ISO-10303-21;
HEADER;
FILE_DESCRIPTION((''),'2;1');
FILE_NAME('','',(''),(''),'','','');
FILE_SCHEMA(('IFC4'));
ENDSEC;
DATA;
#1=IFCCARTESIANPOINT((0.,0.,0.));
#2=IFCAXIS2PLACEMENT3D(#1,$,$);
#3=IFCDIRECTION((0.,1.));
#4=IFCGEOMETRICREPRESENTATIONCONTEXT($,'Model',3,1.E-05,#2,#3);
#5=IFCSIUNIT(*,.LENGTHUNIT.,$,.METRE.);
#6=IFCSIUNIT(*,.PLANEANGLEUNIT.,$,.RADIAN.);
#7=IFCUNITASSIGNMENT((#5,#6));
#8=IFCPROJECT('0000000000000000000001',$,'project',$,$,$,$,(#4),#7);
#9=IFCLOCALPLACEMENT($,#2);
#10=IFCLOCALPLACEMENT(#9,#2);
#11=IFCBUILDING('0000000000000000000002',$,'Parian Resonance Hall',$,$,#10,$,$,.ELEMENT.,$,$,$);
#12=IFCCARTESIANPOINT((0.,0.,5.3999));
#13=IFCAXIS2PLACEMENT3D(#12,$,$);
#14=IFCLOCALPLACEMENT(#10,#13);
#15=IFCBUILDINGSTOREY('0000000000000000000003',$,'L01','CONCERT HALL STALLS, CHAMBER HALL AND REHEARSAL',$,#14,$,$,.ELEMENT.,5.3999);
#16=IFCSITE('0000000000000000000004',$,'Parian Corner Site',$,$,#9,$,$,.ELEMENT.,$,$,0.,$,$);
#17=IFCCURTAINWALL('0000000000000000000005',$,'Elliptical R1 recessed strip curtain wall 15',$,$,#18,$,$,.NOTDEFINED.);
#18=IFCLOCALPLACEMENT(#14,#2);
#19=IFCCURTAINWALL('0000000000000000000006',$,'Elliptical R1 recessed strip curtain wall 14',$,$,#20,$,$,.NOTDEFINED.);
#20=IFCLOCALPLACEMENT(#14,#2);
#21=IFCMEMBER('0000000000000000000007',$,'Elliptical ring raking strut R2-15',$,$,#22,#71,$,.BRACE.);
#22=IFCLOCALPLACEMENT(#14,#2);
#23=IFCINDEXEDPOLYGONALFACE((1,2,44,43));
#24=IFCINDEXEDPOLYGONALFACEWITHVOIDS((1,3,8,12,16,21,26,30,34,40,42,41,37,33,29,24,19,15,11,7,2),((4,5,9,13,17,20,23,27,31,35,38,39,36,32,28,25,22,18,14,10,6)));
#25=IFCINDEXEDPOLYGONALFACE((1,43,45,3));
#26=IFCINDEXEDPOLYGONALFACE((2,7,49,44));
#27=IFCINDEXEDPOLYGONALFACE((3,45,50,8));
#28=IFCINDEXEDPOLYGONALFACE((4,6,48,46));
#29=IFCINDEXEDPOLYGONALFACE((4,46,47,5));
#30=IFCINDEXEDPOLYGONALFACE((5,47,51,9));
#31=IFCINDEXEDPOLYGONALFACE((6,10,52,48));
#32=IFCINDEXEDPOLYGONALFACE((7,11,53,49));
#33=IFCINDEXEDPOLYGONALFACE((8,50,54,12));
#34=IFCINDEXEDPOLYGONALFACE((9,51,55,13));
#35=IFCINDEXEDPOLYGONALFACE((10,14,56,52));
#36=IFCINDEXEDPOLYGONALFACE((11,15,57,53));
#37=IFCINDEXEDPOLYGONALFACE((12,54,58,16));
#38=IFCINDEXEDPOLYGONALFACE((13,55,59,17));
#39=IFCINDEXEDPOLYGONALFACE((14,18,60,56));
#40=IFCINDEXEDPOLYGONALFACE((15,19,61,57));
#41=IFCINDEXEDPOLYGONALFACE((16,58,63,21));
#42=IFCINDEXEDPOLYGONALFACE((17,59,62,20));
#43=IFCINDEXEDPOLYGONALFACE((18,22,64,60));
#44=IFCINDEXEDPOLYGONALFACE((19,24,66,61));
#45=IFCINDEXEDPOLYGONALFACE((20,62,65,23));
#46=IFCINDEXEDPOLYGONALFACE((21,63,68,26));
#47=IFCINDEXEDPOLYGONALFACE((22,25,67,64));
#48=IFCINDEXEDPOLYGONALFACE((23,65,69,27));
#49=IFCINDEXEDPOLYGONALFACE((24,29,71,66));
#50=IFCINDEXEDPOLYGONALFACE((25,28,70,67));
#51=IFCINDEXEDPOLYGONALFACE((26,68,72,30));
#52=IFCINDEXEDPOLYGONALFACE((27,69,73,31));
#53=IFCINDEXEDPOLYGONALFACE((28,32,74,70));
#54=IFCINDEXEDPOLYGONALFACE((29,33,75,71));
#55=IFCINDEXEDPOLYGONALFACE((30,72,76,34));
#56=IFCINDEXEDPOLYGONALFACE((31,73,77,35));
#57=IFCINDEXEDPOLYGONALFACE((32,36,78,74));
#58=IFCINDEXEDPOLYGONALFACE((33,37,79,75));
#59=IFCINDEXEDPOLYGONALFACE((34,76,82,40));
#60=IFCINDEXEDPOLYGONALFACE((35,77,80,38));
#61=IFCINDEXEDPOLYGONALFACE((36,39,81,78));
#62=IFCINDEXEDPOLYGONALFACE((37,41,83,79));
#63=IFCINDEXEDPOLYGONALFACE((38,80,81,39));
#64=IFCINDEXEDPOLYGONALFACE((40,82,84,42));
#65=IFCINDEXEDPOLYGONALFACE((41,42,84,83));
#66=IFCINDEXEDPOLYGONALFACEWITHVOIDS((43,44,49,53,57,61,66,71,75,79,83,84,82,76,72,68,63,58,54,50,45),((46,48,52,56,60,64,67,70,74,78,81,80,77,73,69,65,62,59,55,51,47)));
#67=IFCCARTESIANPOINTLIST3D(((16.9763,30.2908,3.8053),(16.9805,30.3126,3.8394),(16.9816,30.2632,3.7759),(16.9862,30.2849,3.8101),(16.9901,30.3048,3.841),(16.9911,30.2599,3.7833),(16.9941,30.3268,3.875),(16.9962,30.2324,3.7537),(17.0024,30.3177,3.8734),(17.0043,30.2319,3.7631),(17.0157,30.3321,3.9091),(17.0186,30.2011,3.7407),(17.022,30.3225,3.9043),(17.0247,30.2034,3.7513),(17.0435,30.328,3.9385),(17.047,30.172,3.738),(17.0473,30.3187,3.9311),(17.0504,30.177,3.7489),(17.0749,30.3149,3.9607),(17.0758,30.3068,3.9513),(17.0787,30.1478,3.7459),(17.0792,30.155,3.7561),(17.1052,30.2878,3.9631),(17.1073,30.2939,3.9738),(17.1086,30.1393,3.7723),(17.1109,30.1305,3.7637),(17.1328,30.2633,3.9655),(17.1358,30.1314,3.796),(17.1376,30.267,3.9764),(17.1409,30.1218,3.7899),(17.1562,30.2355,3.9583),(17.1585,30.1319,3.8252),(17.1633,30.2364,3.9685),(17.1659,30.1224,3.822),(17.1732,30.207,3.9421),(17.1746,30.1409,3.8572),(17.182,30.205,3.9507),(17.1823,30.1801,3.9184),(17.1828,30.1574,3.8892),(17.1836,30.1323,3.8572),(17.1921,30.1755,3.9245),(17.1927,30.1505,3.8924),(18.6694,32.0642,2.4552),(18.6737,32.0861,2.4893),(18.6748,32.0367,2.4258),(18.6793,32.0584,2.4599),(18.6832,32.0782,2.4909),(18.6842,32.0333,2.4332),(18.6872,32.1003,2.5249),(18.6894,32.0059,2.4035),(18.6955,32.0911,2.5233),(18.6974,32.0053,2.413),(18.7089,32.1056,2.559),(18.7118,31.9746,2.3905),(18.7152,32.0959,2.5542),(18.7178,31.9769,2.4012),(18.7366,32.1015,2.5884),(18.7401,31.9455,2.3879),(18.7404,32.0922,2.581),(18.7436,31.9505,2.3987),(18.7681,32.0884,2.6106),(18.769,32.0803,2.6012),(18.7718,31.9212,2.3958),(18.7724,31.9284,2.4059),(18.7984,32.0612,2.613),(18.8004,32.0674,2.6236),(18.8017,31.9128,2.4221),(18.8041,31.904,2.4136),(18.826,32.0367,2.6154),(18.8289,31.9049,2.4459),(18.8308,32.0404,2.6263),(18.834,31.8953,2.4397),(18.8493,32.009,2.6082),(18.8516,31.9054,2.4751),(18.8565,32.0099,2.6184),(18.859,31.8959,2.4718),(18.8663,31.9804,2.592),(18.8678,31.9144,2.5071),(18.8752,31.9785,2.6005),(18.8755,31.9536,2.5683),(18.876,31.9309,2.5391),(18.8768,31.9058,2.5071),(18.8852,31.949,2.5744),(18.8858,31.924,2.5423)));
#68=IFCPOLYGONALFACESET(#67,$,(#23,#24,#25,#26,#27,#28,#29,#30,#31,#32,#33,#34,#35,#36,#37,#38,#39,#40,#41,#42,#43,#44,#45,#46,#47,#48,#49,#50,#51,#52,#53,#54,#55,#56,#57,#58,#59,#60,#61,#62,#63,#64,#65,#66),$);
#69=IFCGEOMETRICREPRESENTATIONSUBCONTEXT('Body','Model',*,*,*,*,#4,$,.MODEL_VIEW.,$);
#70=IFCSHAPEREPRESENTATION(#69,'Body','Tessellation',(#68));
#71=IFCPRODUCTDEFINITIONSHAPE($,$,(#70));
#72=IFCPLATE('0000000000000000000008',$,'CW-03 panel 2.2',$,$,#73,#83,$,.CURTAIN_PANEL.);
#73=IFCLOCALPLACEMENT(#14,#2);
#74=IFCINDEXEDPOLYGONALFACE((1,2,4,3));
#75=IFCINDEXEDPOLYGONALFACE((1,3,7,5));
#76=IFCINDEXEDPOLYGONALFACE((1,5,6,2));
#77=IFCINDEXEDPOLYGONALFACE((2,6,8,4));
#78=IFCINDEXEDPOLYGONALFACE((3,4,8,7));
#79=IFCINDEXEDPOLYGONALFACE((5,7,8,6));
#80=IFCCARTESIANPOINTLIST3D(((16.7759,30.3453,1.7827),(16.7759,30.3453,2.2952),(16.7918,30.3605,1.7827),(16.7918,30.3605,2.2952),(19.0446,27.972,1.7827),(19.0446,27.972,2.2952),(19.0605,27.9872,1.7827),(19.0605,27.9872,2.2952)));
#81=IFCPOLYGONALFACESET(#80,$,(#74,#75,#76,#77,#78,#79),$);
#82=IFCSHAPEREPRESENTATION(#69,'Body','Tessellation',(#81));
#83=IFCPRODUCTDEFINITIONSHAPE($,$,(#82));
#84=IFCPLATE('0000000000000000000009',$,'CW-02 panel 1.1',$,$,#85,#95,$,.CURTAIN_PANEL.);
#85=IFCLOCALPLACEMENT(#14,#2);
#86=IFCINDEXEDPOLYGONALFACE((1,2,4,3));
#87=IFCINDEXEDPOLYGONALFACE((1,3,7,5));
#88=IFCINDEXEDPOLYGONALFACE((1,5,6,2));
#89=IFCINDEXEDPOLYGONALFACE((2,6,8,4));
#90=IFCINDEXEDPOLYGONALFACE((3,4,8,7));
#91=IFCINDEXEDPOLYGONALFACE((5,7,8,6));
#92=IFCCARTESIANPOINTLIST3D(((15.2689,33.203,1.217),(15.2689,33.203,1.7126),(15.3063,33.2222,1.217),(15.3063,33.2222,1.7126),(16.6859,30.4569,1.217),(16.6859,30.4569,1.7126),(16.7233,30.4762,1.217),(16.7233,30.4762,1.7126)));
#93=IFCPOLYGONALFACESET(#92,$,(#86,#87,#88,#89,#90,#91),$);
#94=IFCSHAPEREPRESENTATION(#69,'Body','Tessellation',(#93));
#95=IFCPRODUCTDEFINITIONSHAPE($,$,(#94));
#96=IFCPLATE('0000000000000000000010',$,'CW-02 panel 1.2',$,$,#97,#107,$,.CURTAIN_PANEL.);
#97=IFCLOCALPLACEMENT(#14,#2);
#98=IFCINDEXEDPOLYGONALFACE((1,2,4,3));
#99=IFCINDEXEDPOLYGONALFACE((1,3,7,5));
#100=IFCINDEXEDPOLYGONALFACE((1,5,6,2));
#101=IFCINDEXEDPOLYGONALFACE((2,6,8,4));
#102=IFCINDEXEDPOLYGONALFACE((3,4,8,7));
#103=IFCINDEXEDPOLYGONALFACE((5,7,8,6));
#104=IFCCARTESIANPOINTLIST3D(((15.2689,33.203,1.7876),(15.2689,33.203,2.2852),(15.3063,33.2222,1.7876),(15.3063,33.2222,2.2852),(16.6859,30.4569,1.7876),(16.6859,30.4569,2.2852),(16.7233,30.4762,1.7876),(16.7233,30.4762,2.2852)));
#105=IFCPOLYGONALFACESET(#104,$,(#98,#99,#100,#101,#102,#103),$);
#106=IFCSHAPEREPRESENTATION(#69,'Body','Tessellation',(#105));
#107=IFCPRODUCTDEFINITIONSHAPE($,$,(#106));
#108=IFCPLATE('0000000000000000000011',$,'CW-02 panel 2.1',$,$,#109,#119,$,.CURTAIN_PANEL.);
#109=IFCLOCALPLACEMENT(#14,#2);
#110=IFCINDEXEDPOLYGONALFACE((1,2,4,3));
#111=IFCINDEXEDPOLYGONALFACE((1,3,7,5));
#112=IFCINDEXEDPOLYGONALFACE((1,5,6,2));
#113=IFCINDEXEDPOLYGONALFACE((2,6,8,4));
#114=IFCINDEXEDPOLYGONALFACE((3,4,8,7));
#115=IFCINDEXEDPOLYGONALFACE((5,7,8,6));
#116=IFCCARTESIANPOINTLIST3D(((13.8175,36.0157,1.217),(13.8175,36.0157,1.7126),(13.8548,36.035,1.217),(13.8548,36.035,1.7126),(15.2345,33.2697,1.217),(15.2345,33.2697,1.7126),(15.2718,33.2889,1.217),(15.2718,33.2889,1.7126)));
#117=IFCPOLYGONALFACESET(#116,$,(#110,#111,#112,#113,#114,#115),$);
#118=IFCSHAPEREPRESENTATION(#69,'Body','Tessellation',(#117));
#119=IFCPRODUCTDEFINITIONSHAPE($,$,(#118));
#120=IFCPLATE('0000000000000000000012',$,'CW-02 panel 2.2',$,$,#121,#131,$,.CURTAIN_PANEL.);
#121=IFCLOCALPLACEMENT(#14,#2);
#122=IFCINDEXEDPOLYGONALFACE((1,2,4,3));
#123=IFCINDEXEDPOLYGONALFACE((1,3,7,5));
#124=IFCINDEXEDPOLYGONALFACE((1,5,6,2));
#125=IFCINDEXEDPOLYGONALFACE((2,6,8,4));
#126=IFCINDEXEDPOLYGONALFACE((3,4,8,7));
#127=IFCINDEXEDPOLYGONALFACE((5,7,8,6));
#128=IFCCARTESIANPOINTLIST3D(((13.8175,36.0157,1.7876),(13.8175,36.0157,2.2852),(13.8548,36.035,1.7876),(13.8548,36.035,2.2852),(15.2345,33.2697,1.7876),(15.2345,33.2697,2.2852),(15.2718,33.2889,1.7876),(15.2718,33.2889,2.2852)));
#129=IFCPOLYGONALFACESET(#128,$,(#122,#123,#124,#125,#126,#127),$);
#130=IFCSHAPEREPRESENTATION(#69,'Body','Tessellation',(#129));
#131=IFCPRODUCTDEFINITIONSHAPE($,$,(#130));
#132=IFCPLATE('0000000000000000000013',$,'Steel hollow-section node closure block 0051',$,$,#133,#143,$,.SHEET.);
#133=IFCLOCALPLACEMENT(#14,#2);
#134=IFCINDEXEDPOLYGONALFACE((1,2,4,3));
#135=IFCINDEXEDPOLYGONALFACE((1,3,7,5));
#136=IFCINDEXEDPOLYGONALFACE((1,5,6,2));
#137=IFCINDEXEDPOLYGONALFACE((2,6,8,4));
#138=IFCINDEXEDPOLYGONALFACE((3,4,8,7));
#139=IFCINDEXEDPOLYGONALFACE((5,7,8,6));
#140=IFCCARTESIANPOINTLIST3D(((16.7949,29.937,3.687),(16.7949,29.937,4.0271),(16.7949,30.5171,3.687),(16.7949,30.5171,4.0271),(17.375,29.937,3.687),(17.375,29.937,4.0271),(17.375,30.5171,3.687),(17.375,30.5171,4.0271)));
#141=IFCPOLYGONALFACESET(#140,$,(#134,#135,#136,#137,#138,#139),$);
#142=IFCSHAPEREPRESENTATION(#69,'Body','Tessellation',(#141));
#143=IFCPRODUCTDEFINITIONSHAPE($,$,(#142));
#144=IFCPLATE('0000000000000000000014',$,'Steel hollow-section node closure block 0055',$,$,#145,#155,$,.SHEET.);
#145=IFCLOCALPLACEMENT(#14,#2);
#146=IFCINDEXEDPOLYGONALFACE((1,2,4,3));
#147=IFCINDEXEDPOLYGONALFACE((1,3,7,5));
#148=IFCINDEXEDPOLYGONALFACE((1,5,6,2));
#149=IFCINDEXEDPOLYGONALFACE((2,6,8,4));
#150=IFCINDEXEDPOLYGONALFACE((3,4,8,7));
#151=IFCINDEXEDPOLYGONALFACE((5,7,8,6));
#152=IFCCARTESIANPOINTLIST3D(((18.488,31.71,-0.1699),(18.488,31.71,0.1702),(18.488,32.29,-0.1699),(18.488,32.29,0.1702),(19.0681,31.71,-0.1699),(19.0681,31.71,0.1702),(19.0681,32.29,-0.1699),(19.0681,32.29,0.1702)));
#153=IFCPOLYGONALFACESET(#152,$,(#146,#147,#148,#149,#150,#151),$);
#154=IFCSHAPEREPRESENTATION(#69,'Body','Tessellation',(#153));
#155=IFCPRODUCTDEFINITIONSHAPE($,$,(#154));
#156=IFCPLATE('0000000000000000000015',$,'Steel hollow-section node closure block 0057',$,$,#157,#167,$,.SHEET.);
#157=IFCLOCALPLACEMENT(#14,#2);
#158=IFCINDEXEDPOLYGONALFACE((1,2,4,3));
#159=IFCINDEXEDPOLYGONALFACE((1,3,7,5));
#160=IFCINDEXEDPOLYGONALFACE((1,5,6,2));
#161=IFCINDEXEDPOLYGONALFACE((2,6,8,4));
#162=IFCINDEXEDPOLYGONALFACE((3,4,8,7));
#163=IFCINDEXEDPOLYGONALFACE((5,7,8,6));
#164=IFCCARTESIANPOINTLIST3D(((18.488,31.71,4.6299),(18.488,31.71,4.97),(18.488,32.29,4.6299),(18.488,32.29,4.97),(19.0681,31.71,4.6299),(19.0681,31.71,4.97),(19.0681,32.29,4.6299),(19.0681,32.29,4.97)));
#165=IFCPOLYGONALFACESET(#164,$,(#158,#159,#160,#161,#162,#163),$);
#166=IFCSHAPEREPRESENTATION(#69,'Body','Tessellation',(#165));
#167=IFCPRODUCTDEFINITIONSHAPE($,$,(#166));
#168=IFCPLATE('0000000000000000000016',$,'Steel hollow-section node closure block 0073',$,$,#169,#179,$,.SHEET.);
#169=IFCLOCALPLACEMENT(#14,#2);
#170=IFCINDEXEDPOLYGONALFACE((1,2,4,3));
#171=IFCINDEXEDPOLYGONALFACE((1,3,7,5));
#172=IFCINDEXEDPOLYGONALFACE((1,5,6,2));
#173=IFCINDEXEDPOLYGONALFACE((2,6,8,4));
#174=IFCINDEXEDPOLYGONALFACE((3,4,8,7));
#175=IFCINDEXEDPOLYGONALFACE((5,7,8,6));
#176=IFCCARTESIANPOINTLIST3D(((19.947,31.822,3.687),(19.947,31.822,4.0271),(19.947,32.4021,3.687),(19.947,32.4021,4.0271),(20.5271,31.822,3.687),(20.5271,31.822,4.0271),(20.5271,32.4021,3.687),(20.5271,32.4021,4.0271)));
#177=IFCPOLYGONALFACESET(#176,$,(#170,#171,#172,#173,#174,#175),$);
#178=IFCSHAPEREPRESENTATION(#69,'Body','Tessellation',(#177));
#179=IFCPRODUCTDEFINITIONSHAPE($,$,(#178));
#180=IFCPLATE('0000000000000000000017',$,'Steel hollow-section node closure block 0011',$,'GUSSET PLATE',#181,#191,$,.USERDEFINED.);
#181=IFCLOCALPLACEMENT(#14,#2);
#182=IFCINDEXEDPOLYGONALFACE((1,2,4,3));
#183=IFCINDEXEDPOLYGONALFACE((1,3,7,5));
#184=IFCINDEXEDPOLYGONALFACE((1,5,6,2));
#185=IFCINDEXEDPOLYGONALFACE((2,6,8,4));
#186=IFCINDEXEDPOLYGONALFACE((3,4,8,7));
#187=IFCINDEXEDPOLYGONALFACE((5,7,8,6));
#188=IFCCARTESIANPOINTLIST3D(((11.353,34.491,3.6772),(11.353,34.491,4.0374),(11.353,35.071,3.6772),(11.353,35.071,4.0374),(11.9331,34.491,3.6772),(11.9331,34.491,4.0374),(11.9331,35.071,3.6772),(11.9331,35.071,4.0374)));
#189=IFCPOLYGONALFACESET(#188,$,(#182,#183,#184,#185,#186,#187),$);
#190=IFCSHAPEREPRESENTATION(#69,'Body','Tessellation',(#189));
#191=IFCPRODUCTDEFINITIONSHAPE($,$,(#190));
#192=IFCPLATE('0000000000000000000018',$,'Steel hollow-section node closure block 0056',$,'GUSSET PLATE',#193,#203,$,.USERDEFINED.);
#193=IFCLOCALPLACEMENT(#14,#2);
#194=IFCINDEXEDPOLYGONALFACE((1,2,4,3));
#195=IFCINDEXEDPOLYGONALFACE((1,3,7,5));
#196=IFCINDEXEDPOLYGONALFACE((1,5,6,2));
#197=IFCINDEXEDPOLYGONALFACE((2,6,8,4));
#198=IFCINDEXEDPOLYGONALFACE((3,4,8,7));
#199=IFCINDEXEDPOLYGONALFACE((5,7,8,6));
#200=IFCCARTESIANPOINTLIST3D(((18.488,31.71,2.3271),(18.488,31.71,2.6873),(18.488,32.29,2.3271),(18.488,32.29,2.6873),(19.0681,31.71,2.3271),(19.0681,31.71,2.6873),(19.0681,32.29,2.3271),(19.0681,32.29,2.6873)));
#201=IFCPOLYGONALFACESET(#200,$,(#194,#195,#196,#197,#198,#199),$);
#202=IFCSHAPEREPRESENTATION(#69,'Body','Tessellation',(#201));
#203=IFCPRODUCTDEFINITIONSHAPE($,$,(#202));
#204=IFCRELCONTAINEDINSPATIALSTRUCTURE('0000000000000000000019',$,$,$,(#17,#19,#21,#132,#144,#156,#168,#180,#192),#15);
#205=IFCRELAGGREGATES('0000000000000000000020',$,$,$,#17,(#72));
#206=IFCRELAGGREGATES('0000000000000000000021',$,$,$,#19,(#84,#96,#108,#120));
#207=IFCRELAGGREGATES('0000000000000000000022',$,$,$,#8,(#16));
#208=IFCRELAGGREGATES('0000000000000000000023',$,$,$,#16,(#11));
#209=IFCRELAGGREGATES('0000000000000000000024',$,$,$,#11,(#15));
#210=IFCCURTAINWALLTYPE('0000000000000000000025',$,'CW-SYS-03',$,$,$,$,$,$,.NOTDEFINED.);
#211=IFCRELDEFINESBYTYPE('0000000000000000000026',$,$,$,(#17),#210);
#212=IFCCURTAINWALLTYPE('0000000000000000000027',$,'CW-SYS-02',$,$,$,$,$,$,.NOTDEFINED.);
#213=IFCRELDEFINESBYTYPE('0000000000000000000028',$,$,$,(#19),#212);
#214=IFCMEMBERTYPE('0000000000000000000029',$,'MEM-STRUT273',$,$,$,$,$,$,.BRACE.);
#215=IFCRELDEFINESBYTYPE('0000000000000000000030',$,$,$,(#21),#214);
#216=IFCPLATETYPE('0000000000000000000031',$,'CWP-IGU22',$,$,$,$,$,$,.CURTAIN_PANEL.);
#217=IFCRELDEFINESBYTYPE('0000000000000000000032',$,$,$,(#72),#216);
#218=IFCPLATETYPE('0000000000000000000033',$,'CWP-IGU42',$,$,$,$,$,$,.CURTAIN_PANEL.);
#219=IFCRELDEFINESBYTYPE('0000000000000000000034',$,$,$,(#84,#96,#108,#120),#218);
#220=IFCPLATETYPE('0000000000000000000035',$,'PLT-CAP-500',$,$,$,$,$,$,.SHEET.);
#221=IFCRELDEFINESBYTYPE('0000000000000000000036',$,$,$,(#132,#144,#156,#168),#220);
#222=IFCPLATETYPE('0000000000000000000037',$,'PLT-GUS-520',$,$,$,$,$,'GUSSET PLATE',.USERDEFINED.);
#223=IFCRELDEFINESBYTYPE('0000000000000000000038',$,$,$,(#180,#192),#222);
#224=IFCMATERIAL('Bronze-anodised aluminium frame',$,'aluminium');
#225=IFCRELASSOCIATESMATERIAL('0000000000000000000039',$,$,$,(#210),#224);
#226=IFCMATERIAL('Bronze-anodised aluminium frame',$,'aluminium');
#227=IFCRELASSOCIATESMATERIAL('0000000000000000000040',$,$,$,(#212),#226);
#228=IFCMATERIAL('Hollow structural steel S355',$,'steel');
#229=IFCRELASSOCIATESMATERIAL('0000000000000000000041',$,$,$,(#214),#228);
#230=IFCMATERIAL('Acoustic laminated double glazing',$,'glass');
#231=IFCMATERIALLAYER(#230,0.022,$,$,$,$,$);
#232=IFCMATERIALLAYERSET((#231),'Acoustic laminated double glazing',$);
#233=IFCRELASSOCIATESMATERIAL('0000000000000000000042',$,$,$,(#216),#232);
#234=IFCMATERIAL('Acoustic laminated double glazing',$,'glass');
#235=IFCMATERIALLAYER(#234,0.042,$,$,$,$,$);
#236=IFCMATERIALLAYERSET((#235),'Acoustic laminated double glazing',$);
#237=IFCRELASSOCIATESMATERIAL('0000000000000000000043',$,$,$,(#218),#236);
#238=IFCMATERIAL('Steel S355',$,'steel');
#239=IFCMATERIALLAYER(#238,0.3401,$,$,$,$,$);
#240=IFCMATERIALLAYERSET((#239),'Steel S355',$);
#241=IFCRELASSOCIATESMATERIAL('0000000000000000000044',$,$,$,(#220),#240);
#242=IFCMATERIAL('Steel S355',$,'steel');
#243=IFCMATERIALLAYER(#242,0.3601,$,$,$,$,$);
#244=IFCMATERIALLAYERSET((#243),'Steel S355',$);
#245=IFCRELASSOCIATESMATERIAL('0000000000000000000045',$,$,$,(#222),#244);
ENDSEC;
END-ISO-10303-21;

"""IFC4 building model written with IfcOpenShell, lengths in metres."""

from ifc_helpers import new_model, si_unit, direction, frame, origin, origin_2d, place, context, subcontext, project, spatial, rectangle, hollow_circle, extrude, material, layer, layer_set, material_profile, profile_set, type_object, element, aggregate, save


model = new_model("IFC4")

# Units and contexts
model_context = context("Model", 3, precision=1e-05, world=origin(), true_north=direction((0.0, 1.0)))
body_context = subcontext(model_context, "Body", "Model", "MODEL_VIEW")
ifc_project = project(units=[si_unit("LENGTHUNIT", "METRE"), si_unit("PLANEANGLEUNIT", "RADIAN")], contexts=[model_context])

# Site, building, storey
site_placement = place(None, origin())
site = spatial("IfcSite", under=ifc_project, at=site_placement, Name="Parian Corner Site", CompositionType="ELEMENT", RefElevation=0.0)
building_placement = place(site_placement, origin())
building = spatial("IfcBuilding", under=site, at=building_placement, Name="Parian Resonance Hall", CompositionType="ELEMENT")
storey_placement = place(building_placement, frame((0.0, 0.0, 5.3999)))
storey = spatial("IfcBuildingStorey", under=building, at=storey_placement, Name="L01", Description="CONCERT HALL STALLS, CHAMBER HALL AND REHEARSAL", CompositionType="ELEMENT", Elevation=5.3999)

# Curtain wall
ifc_material_1 = material(Name="Bronze-anodised aluminium frame", Category="aluminium")
curtain_wall_type_1 = type_object("IfcCurtainWallType", Name="CW-SYS-03", PredefinedType="NOTDEFINED", material=ifc_material_1)
curtain_wall_1_placement = place(storey_placement, origin())
curtain_wall_1 = element("IfcCurtainWall", 1, at=curtain_wall_1_placement, inside=storey, type_object=curtain_wall_type_1, Name="Elliptical R1 recessed strip curtain wall 15", PredefinedType="NOTDEFINED")

# Curtain wall
ifc_material_2 = material(Name="Bronze-anodised aluminium frame", Category="aluminium")
curtain_wall_type_2 = type_object("IfcCurtainWallType", Name="CW-SYS-02", PredefinedType="NOTDEFINED", material=ifc_material_2)
curtain_wall_2_placement = place(storey_placement, origin())
curtain_wall_2 = element("IfcCurtainWall", 2, at=curtain_wall_2_placement, inside=storey, type_object=curtain_wall_type_2, Name="Elliptical R1 recessed strip curtain wall 14", PredefinedType="NOTDEFINED")

# Member
ifc_material_3 = material(Name="Hollow structural steel S355", Category="steel")
ifc_material_profile_1 = material_profile(ifc_material_3, hollow_circle(Radius=0.1365, WallThickness=0.0125, at=origin_2d()), Name="CHS273x12.5")
ifc_profile_set_1 = profile_set([ifc_material_profile_1], Name="Hollow structural steel S355")
member_type_1 = type_object("IfcMemberType", Name="MEM-STRUT273", PredefinedType="BRACE", material=ifc_profile_set_1)
member_1_placement = place(storey_placement, frame((18.7781, 32.0, 2.5071), z_axis=(-0.604897, -0.633593, 0.482347), x_axis=(0.723297, -0.690537, 0.0)))
element("IfcMember", 3, at=member_1_placement, inside=storey, type_object=member_type_1, Name="Elliptical ring raking strut R2-15", PredefinedType="BRACE", context=body_context, shape_type="SweptSolid", body=[
    extrude(hollow_circle(Radius=0.1365, WallThickness=0.0125, at=origin_2d()), origin(), (0.0, 0.0, 1.0), 2.7991),
])

# Plates
ifc_material_4 = material(Name="Acoustic laminated double glazing", Category="glass")
ifc_layer_1 = layer(ifc_material_4, 0.022)
ifc_layer_set_1 = layer_set([ifc_layer_1], Name="Acoustic laminated double glazing")
plate_type_1 = type_object("IfcPlateType", Name="CWP-IGU22", PredefinedType="CURTAIN_PANEL", material=ifc_layer_set_1)
plate_1_placement = place(storey_placement, frame((17.9182, 29.1663, 1.7827), z_axis=(0.0, 0.0, 1.0), x_axis=(-0.690992, 0.722863, 0.0)))
plate_1 = element("IfcPlate", 4, at=plate_1_placement, type_object=plate_type_1, Name="CW-03 panel 2.2", PredefinedType="CURTAIN_PANEL", context=body_context, shape_type="SweptSolid", body=[
    extrude(rectangle(XDim=3.2832, YDim=0.022, at=origin_2d()), origin(), (0.0, 0.0, 1.0), 0.5125),
])
aggregate(curtain_wall_1, [plate_1])
ifc_material_5 = material(Name="Acoustic laminated double glazing", Category="glass")
ifc_layer_2 = layer(ifc_material_5, 0.042)
ifc_layer_set_2 = layer_set([ifc_layer_2], Name="Acoustic laminated double glazing")
plate_type_2 = type_object("IfcPlateType", Name="CWP-IGU42", PredefinedType="CURTAIN_PANEL", material=ifc_layer_set_2)
plate_2_placement = place(storey_placement, frame((15.9961, 31.8396, 1.217), z_axis=(0.0, 0.0, 1.0), x_axis=(-0.458562, 0.888662, 0.0)))
plate_2 = element("IfcPlate", 5, at=plate_2_placement, type_object=plate_type_2, Name="CW-02 panel 1.1", PredefinedType="CURTAIN_PANEL", context=body_context, shape_type="SweptSolid", body=[
    extrude(rectangle(XDim=3.0901, YDim=0.042, at=origin_2d()), origin(), (0.0, 0.0, 1.0), 0.4956),
])
plate_3_placement = place(storey_placement, frame((15.9961, 31.8396, 1.7876), z_axis=(0.0, 0.0, 1.0), x_axis=(-0.458562, 0.888662, 0.0)))
plate_3 = element("IfcPlate", 6, at=plate_3_placement, type_object=plate_type_2, Name="CW-02 panel 1.2", PredefinedType="CURTAIN_PANEL", context=body_context, shape_type="SweptSolid", body=[
    extrude(rectangle(XDim=3.0901, YDim=0.042, at=origin_2d()), origin(), (0.0, 0.0, 1.0), 0.4976),
])
plate_4_placement = place(storey_placement, frame((14.5447, 34.6523, 1.217), z_axis=(0.0, 0.0, 1.0), x_axis=(-0.458562, 0.888662, 0.0)))
plate_4 = element("IfcPlate", 7, at=plate_4_placement, type_object=plate_type_2, Name="CW-02 panel 2.1", PredefinedType="CURTAIN_PANEL", context=body_context, shape_type="SweptSolid", body=[
    extrude(rectangle(XDim=3.0901, YDim=0.042, at=origin_2d()), origin(), (0.0, 0.0, 1.0), 0.4956),
])
plate_5_placement = place(storey_placement, frame((14.5447, 34.6523, 1.7876), z_axis=(0.0, 0.0, 1.0), x_axis=(-0.458562, 0.888662, 0.0)))
plate_5 = element("IfcPlate", 8, at=plate_5_placement, type_object=plate_type_2, Name="CW-02 panel 2.2", PredefinedType="CURTAIN_PANEL", context=body_context, shape_type="SweptSolid", body=[
    extrude(rectangle(XDim=3.0901, YDim=0.042, at=origin_2d()), origin(), (0.0, 0.0, 1.0), 0.4976),
])
aggregate(curtain_wall_2, [plate_2, plate_3, plate_4, plate_5])

# Plates
ifc_material_6 = material(Name="Steel S355", Category="steel")
ifc_layer_3 = layer(ifc_material_6, 0.3401)
ifc_layer_set_3 = layer_set([ifc_layer_3], Name="Steel S355")
plate_type_3 = type_object("IfcPlateType", Name="PLT-CAP-500", PredefinedType="SHEET", material=ifc_layer_set_3)
for number, where, z_axis, x_axis, name in (
    (9, (17.085, 30.2271, 3.687), (0.0, 0.0, 1.0), (1.0, 0.0, 0.0), "Steel hollow-section node closure block 0051"),
    (10, (18.7781, 32.0, -0.1699), (0.0, 0.0, 1.0), (1.0, 0.0, 0.0), "Steel hollow-section node closure block 0055"),
    (11, (18.7781, 32.0, 4.6299), (0.0, 0.0, 1.0), (1.0, 0.0, 0.0), "Steel hollow-section node closure block 0057"),
    (12, (20.2371, 32.1121, 3.687), (0.0, 0.0, 1.0), (1.0, 0.0, 0.0), "Steel hollow-section node closure block 0073"),
):
    element("IfcPlate", number, at=place(storey_placement, frame(where, z_axis=z_axis, x_axis=x_axis)), inside=storey, type_object=plate_type_3, Name=name, PredefinedType="SHEET", context=body_context, shape_type="SweptSolid", body=[
        extrude(rectangle(XDim=0.5801, YDim=0.5801, at=origin_2d()), origin(), (0.0, 0.0, 1.0), 0.3401),
    ])
ifc_material_7 = material(Name="Steel S355", Category="steel")
ifc_layer_4 = layer(ifc_material_7, 0.3601)
ifc_layer_set_4 = layer_set([ifc_layer_4], Name="Steel S355")
plate_type_4 = type_object("IfcPlateType", Name="PLT-GUS-520", ElementType="GUSSET PLATE", PredefinedType="USERDEFINED", material=ifc_layer_set_4)
for number, where, z_axis, x_axis, name in (
    (13, (11.6431, 34.781, 3.6772), (0.0, 0.0, 1.0), (1.0, 0.0, 0.0), "Steel hollow-section node closure block 0011"),
    (14, (18.7781, 32.0, 2.3271), (0.0, 0.0, 1.0), (1.0, 0.0, 0.0), "Steel hollow-section node closure block 0056"),
):
    element("IfcPlate", number, at=place(storey_placement, frame(where, z_axis=z_axis, x_axis=x_axis)), inside=storey, type_object=plate_type_4, Name=name, ObjectType="GUSSET PLATE", PredefinedType="USERDEFINED", context=body_context, shape_type="SweptSolid", body=[
        extrude(rectangle(XDim=0.5801, YDim=0.5801, at=origin_2d()), origin(), (0.0, 0.0, 1.0), 0.3601),
    ])

save(model, "model.ifc")
